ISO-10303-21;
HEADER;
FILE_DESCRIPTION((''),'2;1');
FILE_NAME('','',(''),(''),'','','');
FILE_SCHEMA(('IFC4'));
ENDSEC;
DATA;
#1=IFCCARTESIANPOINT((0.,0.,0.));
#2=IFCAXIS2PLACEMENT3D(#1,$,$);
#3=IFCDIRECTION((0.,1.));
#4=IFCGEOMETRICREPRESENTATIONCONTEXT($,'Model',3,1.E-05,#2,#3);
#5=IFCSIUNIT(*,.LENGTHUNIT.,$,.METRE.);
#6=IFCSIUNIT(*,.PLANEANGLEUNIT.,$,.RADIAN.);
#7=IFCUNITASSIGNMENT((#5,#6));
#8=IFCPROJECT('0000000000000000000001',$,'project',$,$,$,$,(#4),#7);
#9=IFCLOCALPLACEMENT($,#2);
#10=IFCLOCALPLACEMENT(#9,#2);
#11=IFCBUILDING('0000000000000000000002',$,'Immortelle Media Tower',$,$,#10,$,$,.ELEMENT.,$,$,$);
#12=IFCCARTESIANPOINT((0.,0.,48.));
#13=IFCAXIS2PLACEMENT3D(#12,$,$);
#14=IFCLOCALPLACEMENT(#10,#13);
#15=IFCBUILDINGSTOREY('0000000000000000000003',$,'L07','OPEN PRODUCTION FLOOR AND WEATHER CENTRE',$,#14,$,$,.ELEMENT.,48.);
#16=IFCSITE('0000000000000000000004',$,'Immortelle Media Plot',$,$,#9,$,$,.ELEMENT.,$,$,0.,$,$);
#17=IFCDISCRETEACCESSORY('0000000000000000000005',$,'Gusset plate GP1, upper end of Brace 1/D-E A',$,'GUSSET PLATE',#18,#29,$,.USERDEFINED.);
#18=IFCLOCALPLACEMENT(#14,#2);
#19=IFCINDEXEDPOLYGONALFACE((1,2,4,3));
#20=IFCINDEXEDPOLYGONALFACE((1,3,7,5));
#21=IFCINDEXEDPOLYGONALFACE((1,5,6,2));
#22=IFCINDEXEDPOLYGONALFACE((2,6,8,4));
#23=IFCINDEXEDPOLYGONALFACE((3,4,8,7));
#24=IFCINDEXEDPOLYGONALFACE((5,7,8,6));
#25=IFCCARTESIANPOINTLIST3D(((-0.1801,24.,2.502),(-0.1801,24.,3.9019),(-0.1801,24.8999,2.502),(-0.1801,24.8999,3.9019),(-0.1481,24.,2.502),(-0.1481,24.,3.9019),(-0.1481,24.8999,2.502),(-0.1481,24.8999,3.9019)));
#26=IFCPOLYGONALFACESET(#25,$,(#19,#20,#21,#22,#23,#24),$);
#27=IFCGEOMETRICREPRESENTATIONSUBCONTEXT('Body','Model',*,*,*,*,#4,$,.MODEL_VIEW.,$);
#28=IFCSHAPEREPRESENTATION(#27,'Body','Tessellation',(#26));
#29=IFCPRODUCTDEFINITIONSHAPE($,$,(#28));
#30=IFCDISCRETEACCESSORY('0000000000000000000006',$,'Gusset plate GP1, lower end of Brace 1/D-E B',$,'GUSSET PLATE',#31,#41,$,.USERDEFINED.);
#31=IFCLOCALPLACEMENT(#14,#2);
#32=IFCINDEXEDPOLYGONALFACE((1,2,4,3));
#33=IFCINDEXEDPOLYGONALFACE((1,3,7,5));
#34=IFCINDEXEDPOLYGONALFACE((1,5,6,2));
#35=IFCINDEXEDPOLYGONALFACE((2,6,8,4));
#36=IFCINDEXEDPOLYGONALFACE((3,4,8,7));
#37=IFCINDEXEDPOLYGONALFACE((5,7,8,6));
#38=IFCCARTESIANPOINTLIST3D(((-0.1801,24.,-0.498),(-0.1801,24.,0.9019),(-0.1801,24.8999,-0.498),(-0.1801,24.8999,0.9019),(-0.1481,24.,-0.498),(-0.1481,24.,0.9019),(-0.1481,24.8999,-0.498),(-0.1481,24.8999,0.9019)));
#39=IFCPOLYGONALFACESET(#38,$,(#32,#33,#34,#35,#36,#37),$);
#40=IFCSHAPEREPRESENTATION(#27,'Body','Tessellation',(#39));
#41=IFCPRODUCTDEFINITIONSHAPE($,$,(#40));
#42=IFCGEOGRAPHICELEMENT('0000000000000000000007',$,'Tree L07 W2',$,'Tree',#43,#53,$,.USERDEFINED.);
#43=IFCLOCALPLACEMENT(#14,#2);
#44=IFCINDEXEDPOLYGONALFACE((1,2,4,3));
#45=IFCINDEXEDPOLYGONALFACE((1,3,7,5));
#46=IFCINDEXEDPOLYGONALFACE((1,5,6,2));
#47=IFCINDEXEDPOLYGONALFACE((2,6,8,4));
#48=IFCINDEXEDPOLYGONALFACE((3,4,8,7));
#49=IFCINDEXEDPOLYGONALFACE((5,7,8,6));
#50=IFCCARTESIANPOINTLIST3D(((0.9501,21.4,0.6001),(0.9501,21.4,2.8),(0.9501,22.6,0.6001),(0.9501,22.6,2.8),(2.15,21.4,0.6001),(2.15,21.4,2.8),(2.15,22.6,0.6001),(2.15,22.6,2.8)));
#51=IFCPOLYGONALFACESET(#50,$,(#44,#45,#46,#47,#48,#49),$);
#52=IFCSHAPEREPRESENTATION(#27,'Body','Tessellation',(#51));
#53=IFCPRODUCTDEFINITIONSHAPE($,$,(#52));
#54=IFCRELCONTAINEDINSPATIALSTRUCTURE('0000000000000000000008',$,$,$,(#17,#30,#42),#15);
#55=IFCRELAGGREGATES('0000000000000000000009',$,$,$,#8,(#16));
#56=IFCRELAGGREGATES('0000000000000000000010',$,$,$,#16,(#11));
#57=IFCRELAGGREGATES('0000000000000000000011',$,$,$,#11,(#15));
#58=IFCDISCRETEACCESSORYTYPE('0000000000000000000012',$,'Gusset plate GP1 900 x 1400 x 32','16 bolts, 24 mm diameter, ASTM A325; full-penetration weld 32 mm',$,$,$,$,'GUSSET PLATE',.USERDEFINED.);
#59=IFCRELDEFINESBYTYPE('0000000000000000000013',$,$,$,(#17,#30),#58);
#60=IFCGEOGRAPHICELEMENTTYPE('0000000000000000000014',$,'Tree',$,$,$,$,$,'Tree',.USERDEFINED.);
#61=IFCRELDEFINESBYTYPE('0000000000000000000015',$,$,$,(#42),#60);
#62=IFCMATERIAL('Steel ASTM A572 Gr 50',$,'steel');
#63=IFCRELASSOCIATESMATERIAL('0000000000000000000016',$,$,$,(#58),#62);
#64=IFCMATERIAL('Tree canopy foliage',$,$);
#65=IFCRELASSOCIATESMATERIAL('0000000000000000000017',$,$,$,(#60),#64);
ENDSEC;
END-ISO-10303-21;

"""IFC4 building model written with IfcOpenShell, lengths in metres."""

from ifc_helpers import new_model, si_unit, direction, frame, origin, origin_2d, place, context, subcontext, project, spatial, rectangle, extrude, material, material_profile, profile_set, type_object, element, save


model = new_model("IFC4")

# Units and contexts
model_context = context("Model", 3, precision=1e-05, world=origin(), true_north=direction((0.0, 1.0)))
body_context = subcontext(model_context, "Body", "Model", "MODEL_VIEW")
ifc_project = project(units=[si_unit("LENGTHUNIT", "METRE"), si_unit("PLANEANGLEUNIT", "RADIAN")], contexts=[model_context])

# Site, building, storey
site_placement = place(None, origin())
site = spatial("IfcSite", under=ifc_project, at=site_placement, Name="Immortelle Media Plot", CompositionType="ELEMENT", RefElevation=0.0)
building_placement = place(site_placement, origin())
building = spatial("IfcBuilding", under=site, at=building_placement, Name="Immortelle Media Tower", CompositionType="ELEMENT")
storey_placement = place(building_placement, frame((0.0, 0.0, 48.0)))
storey = spatial("IfcBuildingStorey", under=building, at=storey_placement, Name="L07", Description="OPEN PRODUCTION FLOOR AND WEATHER CENTRE", CompositionType="ELEMENT", Elevation=48.0)

# Discrete accessories
ifc_material_1 = material(Name="Steel ASTM A572 Gr 50", Category="steel")
ifc_material_profile_1 = material_profile(ifc_material_1, rectangle(XDim=0.032, YDim=1.3999, at=origin_2d()), Name="PL 32 x 1400")
ifc_profile_set_1 = profile_set([ifc_material_profile_1], Name="Steel ASTM A572 Gr 50")
discrete_accessory_type = type_object("IfcDiscreteAccessoryType", Name="Gusset plate GP1 900 x 1400 x 32", Description="16 bolts, 24 mm diameter, ASTM A325; full-penetration weld 32 mm", ElementType="GUSSET PLATE", PredefinedType="USERDEFINED", material=ifc_profile_set_1)
for number, where, z_axis, x_axis, name in (
    (1, (-0.1641, 24.0, 3.2019), (0.0, 1.0, 0.0), (-1.0, 0.0, 0.0), "Gusset plate GP1, upper end of Brace 1/D-E A"),
    (2, (-0.1641, 24.0, 0.2019), (0.0, 1.0, 0.0), (-1.0, 0.0, 0.0), "Gusset plate GP1, lower end of Brace 1/D-E B"),
):
    element("IfcDiscreteAccessory", number, at=place(storey_placement, frame(where, z_axis=z_axis, x_axis=x_axis)), inside=storey, type_object=discrete_accessory_type, Name=name, ObjectType="GUSSET PLATE", PredefinedType="USERDEFINED", context=body_context, shape_type="SweptSolid", body=[
        extrude(rectangle(XDim=0.032, YDim=1.3999, at=origin_2d()), origin(), (0.0, 0.0, 1.0), 0.8999),
    ])

# Geographic element
ifc_material_2 = material(Name="Tree canopy foliage")
geographic_element_type = type_object("IfcGeographicElementType", Name="Tree", ElementType="Tree", PredefinedType="USERDEFINED", material=ifc_material_2)
geographic_element_placement = place(storey_placement, frame((1.55, 22.0, 0.6001), z_axis=(0.0, 0.0, 1.0), x_axis=(1.0, 0.0, 0.0)))
element("IfcGeographicElement", 3, at=geographic_element_placement, inside=storey, type_object=geographic_element_type, Name="Tree L07 W2", ObjectType="Tree", PredefinedType="USERDEFINED", context=body_context, shape_type="SweptSolid", body=[
    extrude(rectangle(XDim=1.2, YDim=1.2, at=origin_2d()), origin(), (0.0, 0.0, 1.0), 2.2),
])

save(model, "model.ifc")
